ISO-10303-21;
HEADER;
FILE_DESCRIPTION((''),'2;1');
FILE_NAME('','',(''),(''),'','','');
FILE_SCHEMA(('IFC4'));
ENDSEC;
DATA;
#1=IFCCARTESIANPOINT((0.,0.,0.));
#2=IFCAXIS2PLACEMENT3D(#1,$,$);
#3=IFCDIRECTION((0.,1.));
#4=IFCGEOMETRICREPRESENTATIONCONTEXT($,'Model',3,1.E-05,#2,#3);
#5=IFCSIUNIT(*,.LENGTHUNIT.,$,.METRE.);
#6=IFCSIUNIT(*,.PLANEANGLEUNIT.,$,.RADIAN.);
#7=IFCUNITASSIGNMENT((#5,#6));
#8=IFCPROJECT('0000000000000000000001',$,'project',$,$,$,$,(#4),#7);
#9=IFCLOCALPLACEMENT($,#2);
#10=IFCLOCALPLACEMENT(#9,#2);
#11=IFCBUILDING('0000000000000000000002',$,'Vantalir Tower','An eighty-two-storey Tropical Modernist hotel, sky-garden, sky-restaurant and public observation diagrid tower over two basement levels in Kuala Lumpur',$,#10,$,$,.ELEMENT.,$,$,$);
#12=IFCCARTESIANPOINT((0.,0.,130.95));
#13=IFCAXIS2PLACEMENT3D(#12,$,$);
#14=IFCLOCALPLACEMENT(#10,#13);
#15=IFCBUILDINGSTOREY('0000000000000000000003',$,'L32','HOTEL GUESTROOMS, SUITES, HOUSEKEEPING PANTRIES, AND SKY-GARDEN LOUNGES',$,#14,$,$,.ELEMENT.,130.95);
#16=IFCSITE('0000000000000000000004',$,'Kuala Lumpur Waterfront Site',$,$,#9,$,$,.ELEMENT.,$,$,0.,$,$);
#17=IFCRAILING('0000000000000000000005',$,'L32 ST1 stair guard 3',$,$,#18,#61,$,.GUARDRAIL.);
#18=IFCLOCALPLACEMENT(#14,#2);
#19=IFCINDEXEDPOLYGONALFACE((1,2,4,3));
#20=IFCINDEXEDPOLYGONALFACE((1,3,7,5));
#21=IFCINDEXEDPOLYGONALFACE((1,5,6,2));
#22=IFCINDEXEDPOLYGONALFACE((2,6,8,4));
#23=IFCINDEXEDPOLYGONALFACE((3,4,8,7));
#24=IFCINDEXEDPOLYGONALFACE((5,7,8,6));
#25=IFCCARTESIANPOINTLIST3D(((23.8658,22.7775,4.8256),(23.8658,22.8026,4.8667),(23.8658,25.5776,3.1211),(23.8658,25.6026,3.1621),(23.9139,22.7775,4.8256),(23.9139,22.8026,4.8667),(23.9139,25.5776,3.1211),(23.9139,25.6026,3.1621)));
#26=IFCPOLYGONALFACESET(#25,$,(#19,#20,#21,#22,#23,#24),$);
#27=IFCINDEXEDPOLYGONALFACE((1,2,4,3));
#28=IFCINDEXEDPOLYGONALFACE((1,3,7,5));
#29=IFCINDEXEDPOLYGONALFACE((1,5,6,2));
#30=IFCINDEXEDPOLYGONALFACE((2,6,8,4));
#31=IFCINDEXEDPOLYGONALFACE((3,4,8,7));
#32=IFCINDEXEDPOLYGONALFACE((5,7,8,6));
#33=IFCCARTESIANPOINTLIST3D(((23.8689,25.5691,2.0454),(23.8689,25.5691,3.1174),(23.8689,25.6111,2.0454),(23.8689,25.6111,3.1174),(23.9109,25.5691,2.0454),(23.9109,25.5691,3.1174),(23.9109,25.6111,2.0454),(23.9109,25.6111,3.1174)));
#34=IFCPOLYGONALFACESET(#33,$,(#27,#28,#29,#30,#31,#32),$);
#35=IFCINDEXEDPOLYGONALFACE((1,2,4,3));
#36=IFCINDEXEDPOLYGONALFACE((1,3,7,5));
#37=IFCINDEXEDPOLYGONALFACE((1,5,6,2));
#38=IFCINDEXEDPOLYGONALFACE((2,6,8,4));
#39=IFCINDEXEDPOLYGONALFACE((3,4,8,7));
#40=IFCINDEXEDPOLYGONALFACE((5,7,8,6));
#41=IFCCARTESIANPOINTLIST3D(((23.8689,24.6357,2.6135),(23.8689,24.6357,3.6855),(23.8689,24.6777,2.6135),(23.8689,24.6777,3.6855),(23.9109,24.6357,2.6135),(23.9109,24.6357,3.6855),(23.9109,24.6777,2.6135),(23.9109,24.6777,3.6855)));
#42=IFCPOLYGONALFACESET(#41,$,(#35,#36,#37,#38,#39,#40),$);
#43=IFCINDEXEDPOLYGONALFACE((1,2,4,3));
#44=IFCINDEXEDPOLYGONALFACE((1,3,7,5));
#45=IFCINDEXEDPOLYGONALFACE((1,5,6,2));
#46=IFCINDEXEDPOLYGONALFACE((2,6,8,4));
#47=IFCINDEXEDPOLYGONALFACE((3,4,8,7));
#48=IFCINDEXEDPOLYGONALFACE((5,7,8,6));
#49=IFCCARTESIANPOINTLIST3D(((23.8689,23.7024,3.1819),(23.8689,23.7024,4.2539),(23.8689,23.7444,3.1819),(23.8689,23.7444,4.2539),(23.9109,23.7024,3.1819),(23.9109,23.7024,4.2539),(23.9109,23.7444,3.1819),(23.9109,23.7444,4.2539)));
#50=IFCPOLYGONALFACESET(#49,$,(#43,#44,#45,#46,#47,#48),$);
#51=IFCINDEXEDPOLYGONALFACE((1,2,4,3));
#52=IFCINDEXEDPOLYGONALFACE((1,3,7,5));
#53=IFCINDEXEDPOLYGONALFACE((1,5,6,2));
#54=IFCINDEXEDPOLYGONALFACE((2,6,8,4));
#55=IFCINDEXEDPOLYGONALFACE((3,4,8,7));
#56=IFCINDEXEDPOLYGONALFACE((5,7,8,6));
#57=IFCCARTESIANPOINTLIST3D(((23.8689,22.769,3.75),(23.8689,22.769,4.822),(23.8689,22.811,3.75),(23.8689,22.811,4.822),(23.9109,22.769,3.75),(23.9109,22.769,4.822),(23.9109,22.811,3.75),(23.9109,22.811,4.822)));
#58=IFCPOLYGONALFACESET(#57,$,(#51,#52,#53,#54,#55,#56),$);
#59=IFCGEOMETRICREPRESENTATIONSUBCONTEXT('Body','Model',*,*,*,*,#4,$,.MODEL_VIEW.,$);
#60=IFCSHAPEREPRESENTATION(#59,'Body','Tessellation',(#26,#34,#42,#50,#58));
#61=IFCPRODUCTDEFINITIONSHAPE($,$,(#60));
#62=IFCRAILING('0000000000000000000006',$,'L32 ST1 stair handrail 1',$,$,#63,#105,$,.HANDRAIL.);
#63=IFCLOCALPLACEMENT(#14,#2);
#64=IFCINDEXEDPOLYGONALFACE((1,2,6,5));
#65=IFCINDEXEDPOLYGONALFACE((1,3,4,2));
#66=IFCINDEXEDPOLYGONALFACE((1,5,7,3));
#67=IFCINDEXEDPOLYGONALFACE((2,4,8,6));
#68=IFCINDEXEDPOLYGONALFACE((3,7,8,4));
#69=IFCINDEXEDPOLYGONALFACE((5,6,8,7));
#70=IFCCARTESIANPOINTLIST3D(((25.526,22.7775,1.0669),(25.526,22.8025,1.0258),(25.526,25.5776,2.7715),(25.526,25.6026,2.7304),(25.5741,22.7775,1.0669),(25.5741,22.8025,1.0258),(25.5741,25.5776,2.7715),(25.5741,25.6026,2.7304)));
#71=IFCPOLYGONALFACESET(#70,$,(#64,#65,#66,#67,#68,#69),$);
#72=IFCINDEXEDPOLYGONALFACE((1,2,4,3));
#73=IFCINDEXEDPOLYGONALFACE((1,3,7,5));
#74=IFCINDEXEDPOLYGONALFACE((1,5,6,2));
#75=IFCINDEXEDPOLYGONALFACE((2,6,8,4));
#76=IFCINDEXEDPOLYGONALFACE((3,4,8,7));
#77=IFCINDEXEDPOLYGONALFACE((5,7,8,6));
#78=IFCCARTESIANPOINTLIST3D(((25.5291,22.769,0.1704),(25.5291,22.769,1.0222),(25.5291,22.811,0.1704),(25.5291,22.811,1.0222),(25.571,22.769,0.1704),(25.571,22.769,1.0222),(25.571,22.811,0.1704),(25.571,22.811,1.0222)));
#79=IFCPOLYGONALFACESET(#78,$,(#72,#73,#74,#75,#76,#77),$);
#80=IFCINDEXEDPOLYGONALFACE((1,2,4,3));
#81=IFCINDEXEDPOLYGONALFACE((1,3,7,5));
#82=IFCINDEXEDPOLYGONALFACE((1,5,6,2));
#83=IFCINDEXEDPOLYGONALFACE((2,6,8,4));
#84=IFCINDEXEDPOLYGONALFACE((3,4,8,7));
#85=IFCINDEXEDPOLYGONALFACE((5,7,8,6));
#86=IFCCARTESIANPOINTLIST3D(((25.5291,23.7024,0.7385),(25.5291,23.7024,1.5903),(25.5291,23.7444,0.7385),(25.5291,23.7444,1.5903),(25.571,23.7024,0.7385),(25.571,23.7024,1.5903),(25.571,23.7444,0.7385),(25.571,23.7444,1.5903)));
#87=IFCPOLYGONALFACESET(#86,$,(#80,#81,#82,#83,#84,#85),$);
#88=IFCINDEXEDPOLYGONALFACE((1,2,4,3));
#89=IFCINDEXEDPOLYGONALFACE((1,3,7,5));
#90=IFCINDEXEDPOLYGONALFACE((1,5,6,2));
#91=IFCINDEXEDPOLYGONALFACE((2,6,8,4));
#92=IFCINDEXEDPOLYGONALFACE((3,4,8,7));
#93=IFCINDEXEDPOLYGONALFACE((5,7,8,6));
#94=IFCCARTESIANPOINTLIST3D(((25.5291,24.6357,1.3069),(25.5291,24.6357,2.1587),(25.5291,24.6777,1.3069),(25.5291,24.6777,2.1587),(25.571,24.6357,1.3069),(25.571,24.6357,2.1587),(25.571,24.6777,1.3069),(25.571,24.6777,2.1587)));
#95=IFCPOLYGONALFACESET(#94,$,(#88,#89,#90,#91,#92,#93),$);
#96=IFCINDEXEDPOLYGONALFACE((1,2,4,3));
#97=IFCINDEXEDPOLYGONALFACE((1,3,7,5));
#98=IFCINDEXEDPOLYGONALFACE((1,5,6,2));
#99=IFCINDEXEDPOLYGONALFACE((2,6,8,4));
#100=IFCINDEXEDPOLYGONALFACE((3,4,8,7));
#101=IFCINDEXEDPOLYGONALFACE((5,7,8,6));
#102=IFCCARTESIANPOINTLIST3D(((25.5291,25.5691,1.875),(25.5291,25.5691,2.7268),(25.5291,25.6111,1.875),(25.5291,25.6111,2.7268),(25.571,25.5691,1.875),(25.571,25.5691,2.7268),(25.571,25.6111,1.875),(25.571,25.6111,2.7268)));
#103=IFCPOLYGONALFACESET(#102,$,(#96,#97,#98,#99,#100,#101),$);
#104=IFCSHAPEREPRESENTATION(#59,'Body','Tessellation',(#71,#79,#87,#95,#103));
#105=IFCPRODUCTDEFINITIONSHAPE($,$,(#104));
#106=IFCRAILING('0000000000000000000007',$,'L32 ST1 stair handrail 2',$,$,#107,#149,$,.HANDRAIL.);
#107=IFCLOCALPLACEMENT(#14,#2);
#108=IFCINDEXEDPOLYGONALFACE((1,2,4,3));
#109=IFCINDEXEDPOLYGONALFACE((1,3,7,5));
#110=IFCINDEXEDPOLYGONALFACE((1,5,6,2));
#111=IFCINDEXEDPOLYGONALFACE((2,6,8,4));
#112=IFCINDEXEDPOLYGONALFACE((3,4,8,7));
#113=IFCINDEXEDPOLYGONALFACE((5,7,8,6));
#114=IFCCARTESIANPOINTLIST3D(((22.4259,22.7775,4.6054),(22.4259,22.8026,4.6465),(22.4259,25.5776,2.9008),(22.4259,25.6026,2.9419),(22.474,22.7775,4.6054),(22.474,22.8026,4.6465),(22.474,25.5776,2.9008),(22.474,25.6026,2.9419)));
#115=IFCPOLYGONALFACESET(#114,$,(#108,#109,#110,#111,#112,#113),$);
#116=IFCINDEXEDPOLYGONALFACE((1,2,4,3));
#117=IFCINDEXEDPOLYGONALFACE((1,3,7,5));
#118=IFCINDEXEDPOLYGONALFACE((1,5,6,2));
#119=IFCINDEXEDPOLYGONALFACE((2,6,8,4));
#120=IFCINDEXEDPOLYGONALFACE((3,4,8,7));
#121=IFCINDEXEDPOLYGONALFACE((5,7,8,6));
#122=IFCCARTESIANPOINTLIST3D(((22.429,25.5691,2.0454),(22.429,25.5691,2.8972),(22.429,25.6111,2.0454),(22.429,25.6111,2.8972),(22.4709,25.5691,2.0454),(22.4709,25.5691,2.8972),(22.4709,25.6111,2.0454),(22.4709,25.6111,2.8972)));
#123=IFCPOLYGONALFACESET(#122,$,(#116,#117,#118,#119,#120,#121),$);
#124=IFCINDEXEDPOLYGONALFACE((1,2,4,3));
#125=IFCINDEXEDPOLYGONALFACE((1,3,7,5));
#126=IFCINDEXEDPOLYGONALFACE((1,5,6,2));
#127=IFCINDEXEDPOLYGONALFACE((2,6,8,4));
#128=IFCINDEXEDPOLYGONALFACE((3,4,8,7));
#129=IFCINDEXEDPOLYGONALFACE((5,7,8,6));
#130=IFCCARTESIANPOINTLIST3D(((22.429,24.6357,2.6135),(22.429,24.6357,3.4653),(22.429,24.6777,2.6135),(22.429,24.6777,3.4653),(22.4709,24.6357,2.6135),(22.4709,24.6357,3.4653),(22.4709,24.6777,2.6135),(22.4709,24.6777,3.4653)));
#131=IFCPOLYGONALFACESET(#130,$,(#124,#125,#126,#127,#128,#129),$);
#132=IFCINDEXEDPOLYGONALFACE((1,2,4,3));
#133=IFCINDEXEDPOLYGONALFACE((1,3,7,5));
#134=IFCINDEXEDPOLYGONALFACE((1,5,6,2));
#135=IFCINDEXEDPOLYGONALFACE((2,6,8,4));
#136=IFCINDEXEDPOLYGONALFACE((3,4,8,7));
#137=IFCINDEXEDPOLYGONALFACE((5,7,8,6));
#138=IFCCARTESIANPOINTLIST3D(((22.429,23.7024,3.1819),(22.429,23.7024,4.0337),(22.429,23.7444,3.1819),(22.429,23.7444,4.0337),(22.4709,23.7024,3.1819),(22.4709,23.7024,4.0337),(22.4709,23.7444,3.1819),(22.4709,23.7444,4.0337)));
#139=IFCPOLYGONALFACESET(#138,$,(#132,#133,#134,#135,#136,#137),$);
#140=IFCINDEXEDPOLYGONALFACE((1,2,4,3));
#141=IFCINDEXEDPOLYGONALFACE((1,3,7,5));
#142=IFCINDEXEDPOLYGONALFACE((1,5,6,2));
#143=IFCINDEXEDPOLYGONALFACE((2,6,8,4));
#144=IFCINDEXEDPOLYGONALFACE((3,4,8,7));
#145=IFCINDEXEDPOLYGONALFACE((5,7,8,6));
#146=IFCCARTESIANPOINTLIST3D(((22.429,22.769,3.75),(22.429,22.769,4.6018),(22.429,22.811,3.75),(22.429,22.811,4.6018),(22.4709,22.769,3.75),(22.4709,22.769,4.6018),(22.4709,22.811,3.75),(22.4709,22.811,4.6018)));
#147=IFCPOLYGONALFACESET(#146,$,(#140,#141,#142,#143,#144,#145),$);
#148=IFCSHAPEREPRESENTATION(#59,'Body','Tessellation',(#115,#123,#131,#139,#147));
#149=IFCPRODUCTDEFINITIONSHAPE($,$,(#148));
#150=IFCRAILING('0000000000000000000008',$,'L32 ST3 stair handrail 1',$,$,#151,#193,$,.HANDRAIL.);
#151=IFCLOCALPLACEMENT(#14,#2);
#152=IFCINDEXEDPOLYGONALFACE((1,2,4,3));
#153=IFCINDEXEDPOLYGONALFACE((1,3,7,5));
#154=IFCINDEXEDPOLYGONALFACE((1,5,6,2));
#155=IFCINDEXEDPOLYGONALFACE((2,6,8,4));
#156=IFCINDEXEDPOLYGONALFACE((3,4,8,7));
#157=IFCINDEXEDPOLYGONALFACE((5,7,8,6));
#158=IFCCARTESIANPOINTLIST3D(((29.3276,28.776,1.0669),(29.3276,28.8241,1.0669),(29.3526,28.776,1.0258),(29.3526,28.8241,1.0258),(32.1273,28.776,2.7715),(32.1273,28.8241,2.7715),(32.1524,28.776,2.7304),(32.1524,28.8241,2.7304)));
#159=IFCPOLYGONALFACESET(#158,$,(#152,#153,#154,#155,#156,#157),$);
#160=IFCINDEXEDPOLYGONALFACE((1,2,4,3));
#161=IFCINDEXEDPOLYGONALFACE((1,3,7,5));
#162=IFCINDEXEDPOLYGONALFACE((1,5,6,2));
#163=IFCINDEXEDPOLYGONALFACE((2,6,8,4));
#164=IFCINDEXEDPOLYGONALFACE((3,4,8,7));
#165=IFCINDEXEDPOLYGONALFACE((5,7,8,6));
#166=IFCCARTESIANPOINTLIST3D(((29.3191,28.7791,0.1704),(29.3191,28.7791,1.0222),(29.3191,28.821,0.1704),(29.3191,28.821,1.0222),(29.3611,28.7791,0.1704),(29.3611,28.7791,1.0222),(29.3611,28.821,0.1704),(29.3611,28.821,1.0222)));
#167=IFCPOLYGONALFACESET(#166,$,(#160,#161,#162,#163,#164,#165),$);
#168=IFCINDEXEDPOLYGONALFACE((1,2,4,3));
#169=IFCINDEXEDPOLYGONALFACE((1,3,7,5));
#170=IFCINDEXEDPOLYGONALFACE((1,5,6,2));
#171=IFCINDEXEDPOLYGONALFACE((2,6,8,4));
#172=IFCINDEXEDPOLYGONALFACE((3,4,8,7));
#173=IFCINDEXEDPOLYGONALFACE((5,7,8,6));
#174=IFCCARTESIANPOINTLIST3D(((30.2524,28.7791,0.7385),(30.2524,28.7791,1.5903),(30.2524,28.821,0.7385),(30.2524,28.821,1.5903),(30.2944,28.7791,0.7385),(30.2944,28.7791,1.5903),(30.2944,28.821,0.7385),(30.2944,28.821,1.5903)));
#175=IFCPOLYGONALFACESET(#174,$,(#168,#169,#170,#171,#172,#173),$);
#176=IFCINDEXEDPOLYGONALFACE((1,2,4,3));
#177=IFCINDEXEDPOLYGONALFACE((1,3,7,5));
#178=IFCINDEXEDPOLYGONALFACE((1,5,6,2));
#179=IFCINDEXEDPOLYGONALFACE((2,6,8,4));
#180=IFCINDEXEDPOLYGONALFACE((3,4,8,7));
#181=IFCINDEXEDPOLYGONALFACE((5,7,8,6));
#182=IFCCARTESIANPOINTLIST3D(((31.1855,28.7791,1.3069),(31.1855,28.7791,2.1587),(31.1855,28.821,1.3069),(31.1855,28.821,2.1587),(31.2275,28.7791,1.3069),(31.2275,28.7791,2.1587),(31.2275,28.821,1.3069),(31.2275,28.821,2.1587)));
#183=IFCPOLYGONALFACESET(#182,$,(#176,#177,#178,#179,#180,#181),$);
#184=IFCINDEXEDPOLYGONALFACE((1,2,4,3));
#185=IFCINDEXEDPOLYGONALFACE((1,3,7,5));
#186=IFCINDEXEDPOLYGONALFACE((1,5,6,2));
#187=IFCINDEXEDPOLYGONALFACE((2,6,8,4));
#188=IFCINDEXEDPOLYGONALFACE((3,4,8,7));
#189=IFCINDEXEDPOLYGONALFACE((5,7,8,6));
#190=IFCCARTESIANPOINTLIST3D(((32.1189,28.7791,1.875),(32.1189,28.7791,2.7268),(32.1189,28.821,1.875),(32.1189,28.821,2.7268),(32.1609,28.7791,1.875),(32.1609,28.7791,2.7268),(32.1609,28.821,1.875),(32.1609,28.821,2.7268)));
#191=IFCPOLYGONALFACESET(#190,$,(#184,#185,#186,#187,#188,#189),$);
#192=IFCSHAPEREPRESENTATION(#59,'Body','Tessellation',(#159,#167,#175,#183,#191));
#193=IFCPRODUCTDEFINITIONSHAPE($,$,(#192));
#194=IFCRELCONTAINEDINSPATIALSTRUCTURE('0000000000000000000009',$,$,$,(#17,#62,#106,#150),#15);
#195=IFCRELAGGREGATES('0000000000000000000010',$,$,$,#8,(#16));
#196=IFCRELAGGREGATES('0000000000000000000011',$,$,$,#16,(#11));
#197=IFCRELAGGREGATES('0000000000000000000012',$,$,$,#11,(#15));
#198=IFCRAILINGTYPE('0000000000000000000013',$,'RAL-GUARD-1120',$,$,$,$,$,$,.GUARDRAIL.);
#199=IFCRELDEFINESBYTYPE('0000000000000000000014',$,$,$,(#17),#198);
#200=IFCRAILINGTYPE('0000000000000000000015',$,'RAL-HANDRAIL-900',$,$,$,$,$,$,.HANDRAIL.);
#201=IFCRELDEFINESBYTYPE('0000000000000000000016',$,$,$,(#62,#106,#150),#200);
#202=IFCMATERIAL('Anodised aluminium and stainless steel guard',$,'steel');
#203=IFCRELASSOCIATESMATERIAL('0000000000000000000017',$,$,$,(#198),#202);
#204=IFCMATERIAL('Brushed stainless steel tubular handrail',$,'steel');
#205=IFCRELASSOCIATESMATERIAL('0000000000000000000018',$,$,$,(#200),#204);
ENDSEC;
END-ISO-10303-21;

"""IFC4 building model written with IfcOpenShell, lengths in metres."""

from ifc_helpers import new_model, si_unit, direction, frame, origin, origin_2d, place, context, subcontext, project, spatial, rectangle, extrude, material, type_object, element, save


model = new_model("IFC4")

# Units and contexts
model_context = context("Model", 3, precision=1e-05, world=origin(), true_north=direction((0.0, 1.0)))
body_context = subcontext(model_context, "Body", "Model", "MODEL_VIEW")
ifc_project = project(units=[si_unit("LENGTHUNIT", "METRE"), si_unit("PLANEANGLEUNIT", "RADIAN")], contexts=[model_context])

# Site, building, storey
site_placement = place(None, origin())
site = spatial("IfcSite", under=ifc_project, at=site_placement, Name="Kuala Lumpur Waterfront Site", CompositionType="ELEMENT", RefElevation=0.0)
building_placement = place(site_placement, origin())
building = spatial("IfcBuilding", under=site, at=building_placement, Name="Vantalir Tower", Description="An eighty-two-storey Tropical Modernist hotel, sky-garden, sky-restaurant and public observation diagrid tower over two basement levels in Kuala Lumpur", CompositionType="ELEMENT")
storey_placement = place(building_placement, frame((0.0, 0.0, 130.95)))
storey = spatial("IfcBuildingStorey", under=building, at=storey_placement, Name="L32", Description="HOTEL GUESTROOMS, SUITES, HOUSEKEEPING PANTRIES, AND SKY-GARDEN LOUNGES", CompositionType="ELEMENT", Elevation=130.95)

# Railings
ifc_material_1 = material(Name="Anodised aluminium and stainless steel guard", Category="steel")
railing_type_1 = type_object("IfcRailingType", Name="RAL-GUARD-1120", PredefinedType="GUARDRAIL", material=ifc_material_1)
railing_1_placement = place(storey_placement, frame((23.8899, 25.5901, 2.0454)))
element("IfcRailing", 1, at=railing_1_placement, inside=storey, type_object=railing_type_1, Name="L32 ST1 stair guard 3", PredefinedType="GUARDRAIL", context=body_context, shape_type="SweptSolid", body=[
    extrude(rectangle(XDim=0.0481, YDim=0.0481, at=origin_2d()), frame((0.0, 0.0, 1.0962), z_axis=(0.0, -0.85417, 0.519994), x_axis=(1.0, 0.0, 0.0)), (0.0, 0.0, 1.0), 3.2781),
    extrude(rectangle(XDim=0.042, YDim=0.042, at=origin_2d()), origin(), (0.0, 0.0, 1.0), 1.072),
    extrude(rectangle(XDim=0.042, YDim=0.042, at=origin_2d()), frame((0.0, -0.9333, 0.5681)), (0.0, 0.0, 1.0), 1.072),
    extrude(rectangle(XDim=0.042, YDim=0.042, at=origin_2d()), frame((0.0, -1.8667, 1.1365)), (0.0, 0.0, 1.0), 1.072),
    extrude(rectangle(XDim=0.042, YDim=0.042, at=origin_2d()), frame((0.0, -2.8, 1.7046)), (0.0, 0.0, 1.0), 1.072),
])
ifc_material_2 = material(Name="Brushed stainless steel tubular handrail", Category="steel")
railing_type_2 = type_object("IfcRailingType", Name="RAL-HANDRAIL-900", PredefinedType="HANDRAIL", material=ifc_material_2)
railing_2_placement = place(storey_placement, frame((25.55, 22.79, 0.1704)))
element("IfcRailing", 2, at=railing_2_placement, inside=storey, type_object=railing_type_2, Name="L32 ST1 stair handrail 1", PredefinedType="HANDRAIL", context=body_context, shape_type="SweptSolid", body=[
    extrude(rectangle(XDim=0.0481, YDim=0.0481, at=origin_2d()), frame((0.0, 0.0, 0.876), z_axis=(0.0, 0.85417, 0.519994), x_axis=(-1.0, 0.0, 0.0)), (0.0, 0.0, 1.0), 3.2781),
    extrude(rectangle(XDim=0.042, YDim=0.042, at=origin_2d()), origin(), (0.0, 0.0, 1.0), 0.8518),
    extrude(rectangle(XDim=0.042, YDim=0.042, at=origin_2d()), frame((0.0, 0.9333, 0.5681)), (0.0, 0.0, 1.0), 0.8518),
    extrude(rectangle(XDim=0.042, YDim=0.042, at=origin_2d()), frame((0.0, 1.8667, 1.1365)), (0.0, 0.0, 1.0), 0.8518),
    extrude(rectangle(XDim=0.042, YDim=0.042, at=origin_2d()), frame((0.0, 2.8, 1.7046)), (0.0, 0.0, 1.0), 0.8518),
])
railing_3_placement = place(storey_placement, frame((22.45, 25.5901, 2.0454)))
element("IfcRailing", 3, at=railing_3_placement, inside=storey, type_object=railing_type_2, Name="L32 ST1 stair handrail 2", PredefinedType="HANDRAIL", context=body_context, shape_type="SweptSolid", body=[
    extrude(rectangle(XDim=0.0481, YDim=0.0481, at=origin_2d()), frame((0.0, 0.0, 0.876), z_axis=(0.0, -0.85417, 0.519994), x_axis=(1.0, 0.0, 0.0)), (0.0, 0.0, 1.0), 3.2781),
    extrude(rectangle(XDim=0.042, YDim=0.042, at=origin_2d()), origin(), (0.0, 0.0, 1.0), 0.8518),
    extrude(rectangle(XDim=0.042, YDim=0.042, at=origin_2d()), frame((0.0, -0.9333, 0.5681)), (0.0, 0.0, 1.0), 0.8518),
    extrude(rectangle(XDim=0.042, YDim=0.042, at=origin_2d()), frame((0.0, -1.8667, 1.1365)), (0.0, 0.0, 1.0), 0.8518),
    extrude(rectangle(XDim=0.042, YDim=0.042, at=origin_2d()), frame((0.0, -2.8, 1.7046)), (0.0, 0.0, 1.0), 0.8518),
])
railing_4_placement = place(storey_placement, frame((29.3401, 28.8, 0.1704)))
element("IfcRailing", 4, at=railing_4_placement, inside=storey, type_object=railing_type_2, Name="L32 ST3 stair handrail 1", PredefinedType="HANDRAIL", context=body_context, shape_type="SweptSolid", body=[
    extrude(rectangle(XDim=0.0481, YDim=0.0481, at=origin_2d()), frame((0.0, 0.0, 0.876), z_axis=(0.85415, 0.0, 0.520027), x_axis=(0.0, 1.0, 0.0)), (0.0, 0.0, 1.0), 3.2778),
    extrude(rectangle(XDim=0.042, YDim=0.042, at=origin_2d()), origin(), (0.0, 0.0, 1.0), 0.8518),
    extrude(rectangle(XDim=0.042, YDim=0.042, at=origin_2d()), frame((0.9333, 0.0, 0.5681)), (0.0, 0.0, 1.0), 0.8518),
    extrude(rectangle(XDim=0.042, YDim=0.042, at=origin_2d()), frame((1.8665, 0.0, 1.1365)), (0.0, 0.0, 1.0), 0.8518),
    extrude(rectangle(XDim=0.042, YDim=0.042, at=origin_2d()), frame((2.7998, 0.0, 1.7046)), (0.0, 0.0, 1.0), 0.8518),
])

save(model, "model.ifc")
